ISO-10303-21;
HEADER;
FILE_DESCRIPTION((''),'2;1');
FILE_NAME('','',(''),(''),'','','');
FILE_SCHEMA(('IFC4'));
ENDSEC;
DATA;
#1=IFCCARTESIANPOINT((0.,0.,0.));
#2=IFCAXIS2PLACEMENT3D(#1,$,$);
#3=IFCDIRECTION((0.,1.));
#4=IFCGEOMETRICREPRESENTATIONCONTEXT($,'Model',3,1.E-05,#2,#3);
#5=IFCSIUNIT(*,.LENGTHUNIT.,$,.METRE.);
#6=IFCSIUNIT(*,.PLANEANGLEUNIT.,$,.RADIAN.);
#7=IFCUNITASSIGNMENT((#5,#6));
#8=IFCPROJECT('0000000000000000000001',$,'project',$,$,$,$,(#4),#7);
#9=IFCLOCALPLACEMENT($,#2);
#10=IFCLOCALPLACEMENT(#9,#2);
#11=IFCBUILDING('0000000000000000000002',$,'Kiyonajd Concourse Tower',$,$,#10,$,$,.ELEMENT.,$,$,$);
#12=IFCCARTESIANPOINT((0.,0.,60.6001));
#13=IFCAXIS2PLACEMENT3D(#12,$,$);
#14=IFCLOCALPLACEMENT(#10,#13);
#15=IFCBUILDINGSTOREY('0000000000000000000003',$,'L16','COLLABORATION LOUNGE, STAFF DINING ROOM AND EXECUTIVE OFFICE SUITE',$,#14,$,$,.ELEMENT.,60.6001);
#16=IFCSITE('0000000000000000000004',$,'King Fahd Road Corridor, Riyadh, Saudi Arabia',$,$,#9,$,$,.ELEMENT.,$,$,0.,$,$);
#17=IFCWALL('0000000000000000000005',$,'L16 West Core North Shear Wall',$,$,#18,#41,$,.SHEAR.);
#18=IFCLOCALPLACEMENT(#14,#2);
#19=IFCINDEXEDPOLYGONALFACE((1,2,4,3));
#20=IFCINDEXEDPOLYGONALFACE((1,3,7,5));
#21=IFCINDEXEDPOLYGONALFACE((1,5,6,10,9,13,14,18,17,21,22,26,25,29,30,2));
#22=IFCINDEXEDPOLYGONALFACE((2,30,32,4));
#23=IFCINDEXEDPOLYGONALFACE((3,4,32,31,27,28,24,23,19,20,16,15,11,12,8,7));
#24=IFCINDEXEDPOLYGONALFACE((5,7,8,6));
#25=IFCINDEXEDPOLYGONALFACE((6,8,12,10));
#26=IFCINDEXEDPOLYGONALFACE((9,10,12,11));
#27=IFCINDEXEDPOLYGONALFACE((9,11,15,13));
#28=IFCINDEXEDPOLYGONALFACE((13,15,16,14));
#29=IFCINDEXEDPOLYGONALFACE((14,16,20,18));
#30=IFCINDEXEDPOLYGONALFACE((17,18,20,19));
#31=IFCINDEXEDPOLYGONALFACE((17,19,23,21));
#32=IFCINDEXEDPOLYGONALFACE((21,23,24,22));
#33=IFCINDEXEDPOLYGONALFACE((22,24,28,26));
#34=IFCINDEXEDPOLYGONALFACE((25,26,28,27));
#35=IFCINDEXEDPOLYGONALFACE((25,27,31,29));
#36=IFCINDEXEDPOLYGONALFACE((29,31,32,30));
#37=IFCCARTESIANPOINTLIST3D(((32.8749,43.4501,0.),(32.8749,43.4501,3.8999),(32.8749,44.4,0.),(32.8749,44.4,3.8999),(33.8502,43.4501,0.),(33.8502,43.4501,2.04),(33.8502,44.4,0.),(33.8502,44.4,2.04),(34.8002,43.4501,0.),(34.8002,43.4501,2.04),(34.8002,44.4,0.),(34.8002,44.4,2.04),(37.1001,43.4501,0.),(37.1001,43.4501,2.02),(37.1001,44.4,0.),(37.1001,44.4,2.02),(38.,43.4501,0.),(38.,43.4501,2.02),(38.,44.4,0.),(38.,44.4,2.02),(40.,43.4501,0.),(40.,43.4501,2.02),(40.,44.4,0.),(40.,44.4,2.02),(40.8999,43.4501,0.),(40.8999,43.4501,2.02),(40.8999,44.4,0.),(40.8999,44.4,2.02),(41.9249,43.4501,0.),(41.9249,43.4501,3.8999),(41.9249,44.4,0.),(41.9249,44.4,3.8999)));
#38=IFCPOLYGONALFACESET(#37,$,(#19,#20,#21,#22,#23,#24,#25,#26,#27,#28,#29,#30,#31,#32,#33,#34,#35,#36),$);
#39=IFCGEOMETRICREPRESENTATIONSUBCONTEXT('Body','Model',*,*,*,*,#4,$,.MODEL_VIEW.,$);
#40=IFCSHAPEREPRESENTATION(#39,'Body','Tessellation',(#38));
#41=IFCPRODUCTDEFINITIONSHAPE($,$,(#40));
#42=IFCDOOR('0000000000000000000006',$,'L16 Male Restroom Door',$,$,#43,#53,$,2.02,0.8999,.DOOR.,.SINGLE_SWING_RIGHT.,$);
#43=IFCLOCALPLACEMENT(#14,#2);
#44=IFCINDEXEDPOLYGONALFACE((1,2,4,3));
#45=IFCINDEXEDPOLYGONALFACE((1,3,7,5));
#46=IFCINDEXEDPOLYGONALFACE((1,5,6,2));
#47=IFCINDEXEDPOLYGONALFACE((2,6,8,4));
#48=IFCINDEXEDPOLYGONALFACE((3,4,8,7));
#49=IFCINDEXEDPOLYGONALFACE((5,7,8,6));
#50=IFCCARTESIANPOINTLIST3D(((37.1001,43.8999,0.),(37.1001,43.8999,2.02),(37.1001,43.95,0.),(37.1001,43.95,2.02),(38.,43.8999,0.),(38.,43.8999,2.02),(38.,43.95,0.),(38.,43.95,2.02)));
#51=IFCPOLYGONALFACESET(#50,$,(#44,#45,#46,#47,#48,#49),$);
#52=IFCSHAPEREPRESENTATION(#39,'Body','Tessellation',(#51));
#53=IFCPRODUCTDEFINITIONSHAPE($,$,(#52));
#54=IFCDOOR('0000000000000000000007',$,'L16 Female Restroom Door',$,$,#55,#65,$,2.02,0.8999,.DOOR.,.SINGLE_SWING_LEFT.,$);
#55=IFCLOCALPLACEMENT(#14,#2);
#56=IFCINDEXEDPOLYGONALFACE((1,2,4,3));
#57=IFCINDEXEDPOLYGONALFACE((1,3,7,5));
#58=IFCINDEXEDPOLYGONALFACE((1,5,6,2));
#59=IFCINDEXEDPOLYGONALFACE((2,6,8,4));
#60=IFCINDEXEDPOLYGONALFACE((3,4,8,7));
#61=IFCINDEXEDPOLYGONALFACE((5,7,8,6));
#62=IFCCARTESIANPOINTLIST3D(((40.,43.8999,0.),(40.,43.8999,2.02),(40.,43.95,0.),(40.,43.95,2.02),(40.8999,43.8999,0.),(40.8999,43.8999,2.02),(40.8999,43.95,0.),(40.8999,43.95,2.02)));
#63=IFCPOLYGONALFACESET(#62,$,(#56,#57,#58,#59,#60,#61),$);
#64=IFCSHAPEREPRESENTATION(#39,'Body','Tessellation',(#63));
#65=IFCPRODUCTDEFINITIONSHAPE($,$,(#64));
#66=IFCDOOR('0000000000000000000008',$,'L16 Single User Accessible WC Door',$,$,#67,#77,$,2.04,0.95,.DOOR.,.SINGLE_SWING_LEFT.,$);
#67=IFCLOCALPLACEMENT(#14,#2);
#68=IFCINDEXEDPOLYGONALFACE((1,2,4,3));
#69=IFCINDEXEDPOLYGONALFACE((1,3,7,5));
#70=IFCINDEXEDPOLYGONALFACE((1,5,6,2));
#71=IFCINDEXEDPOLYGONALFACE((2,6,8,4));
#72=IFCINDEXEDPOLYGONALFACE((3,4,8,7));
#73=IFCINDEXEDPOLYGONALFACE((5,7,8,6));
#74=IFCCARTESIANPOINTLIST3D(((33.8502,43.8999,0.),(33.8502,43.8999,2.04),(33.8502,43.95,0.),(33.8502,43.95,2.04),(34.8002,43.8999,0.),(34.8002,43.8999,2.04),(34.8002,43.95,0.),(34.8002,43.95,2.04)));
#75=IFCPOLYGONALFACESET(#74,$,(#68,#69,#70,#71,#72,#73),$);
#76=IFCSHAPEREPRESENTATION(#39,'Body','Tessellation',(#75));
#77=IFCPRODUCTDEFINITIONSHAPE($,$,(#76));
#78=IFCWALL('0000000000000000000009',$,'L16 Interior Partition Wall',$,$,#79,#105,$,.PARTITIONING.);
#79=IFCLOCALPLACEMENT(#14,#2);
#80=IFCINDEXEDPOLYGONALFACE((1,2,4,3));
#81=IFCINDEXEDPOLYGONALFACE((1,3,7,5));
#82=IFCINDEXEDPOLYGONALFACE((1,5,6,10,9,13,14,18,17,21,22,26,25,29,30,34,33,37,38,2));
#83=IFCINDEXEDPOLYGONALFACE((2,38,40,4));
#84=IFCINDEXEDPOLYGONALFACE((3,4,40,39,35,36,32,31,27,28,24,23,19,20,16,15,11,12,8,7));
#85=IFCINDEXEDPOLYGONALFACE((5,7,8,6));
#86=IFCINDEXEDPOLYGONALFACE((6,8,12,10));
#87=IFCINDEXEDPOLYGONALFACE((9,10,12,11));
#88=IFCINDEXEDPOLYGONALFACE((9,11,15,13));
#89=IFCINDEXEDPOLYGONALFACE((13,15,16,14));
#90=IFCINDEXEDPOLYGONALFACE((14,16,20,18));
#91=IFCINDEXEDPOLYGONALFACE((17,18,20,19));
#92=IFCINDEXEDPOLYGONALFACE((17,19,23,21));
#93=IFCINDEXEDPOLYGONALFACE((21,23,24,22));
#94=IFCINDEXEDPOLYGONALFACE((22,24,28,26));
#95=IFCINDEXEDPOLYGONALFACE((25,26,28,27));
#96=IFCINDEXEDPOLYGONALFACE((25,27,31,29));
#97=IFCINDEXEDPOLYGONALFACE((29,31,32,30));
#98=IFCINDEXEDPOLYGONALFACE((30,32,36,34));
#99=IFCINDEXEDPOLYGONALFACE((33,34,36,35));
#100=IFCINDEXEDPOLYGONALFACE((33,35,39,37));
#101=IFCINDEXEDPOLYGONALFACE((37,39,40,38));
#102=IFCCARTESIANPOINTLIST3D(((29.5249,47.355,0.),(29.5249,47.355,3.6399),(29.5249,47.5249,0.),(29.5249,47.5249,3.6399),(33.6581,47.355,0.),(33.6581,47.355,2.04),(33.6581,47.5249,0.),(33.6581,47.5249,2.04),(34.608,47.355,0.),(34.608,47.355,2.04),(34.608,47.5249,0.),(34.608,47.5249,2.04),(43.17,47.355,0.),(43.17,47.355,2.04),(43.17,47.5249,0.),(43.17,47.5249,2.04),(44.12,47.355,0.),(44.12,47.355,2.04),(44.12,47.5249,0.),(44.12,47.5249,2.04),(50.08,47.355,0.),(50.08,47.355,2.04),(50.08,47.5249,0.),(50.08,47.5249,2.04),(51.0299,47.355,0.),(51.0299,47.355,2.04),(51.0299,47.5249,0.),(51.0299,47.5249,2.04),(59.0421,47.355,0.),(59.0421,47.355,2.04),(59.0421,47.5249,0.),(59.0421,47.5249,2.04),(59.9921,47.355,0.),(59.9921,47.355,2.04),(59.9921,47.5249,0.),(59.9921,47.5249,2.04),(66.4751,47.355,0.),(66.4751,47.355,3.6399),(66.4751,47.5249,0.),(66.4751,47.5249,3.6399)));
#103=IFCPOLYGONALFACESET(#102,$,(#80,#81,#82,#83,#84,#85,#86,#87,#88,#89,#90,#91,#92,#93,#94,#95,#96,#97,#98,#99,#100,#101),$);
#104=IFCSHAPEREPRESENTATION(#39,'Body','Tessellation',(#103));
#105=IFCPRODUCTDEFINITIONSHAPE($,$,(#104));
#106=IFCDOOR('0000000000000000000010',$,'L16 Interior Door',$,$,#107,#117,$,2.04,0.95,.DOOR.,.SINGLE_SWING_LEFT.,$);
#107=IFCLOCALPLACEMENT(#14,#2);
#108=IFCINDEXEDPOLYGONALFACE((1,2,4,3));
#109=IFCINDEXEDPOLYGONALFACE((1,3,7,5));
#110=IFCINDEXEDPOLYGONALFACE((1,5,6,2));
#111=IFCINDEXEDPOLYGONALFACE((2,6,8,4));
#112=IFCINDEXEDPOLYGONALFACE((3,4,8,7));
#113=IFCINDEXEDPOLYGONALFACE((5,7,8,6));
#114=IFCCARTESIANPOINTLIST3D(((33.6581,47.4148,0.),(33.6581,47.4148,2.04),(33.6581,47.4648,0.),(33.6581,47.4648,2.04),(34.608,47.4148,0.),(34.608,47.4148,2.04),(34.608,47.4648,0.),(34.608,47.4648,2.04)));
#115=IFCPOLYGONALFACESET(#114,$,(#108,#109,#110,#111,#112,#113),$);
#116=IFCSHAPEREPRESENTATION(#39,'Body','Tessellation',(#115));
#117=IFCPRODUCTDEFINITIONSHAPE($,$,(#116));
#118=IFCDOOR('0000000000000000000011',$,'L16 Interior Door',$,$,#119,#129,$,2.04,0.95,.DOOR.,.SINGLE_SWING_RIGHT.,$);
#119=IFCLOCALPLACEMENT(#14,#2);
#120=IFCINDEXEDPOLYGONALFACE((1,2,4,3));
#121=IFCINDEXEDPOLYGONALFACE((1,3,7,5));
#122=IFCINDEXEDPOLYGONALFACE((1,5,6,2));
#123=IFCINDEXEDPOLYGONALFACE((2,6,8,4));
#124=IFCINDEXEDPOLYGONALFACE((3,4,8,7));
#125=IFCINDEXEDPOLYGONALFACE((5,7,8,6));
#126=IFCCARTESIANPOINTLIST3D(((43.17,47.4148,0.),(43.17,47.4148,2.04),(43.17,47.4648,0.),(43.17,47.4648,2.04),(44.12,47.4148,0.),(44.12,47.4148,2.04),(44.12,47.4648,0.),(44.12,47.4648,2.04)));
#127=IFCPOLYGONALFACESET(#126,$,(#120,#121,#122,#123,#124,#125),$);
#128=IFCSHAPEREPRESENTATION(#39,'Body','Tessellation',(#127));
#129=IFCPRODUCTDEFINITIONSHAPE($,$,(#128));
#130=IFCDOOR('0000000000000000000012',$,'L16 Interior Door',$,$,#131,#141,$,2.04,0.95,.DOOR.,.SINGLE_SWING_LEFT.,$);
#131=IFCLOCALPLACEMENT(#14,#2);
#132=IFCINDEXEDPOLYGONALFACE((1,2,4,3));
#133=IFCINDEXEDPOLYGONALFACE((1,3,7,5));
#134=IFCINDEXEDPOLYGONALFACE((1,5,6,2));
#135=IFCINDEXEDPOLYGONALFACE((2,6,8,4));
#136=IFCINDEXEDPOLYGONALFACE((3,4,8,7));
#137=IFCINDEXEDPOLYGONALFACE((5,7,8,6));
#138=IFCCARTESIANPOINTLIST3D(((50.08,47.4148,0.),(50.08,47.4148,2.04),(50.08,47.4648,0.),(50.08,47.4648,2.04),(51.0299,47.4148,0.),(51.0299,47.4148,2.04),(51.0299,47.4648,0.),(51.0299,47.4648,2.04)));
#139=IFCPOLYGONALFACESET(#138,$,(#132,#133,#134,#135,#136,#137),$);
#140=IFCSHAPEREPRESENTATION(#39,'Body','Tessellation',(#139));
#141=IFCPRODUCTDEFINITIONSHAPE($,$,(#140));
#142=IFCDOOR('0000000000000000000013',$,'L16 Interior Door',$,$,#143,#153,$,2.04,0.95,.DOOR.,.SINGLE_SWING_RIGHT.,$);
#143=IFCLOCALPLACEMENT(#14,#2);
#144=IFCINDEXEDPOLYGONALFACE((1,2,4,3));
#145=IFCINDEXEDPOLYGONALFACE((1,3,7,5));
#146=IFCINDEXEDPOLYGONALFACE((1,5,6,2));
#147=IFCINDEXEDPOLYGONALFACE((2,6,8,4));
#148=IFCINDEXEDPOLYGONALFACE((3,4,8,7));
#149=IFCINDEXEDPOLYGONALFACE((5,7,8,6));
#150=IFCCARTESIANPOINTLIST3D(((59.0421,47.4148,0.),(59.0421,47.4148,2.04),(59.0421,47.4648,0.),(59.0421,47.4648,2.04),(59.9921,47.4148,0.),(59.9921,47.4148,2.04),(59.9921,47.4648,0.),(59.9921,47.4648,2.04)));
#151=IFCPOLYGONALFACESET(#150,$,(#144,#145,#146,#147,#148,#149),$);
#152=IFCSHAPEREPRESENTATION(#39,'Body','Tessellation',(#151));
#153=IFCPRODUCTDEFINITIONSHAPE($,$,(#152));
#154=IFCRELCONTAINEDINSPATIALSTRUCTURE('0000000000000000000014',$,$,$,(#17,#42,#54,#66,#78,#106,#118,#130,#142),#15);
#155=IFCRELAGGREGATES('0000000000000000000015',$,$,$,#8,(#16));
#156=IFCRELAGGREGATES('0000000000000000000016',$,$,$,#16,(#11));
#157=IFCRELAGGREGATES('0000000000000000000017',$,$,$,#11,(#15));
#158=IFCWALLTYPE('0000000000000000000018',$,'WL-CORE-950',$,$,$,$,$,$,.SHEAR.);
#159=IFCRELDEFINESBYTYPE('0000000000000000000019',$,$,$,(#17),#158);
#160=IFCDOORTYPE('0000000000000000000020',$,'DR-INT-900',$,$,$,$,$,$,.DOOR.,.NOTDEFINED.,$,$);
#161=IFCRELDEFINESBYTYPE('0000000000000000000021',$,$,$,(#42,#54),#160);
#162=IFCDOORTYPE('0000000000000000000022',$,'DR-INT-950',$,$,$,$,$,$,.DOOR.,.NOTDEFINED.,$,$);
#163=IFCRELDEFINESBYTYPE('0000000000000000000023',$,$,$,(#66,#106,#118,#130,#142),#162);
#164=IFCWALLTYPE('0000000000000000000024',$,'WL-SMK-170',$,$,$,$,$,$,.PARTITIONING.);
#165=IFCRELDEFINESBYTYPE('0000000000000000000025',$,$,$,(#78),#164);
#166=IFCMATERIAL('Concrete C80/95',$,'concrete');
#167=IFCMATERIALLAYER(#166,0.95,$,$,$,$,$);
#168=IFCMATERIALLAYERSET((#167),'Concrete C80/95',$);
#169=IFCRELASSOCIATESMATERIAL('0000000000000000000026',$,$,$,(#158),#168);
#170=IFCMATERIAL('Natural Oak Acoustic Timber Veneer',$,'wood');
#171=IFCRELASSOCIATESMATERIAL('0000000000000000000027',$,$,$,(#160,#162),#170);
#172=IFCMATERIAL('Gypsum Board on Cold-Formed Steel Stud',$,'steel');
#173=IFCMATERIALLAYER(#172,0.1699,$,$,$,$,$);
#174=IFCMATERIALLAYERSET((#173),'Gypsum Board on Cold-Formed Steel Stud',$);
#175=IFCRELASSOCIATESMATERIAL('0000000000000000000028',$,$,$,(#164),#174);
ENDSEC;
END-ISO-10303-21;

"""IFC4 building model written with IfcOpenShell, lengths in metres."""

from ifc_helpers import new_model, si_unit, direction, frame, frame_2d, origin, place, context, subcontext, project, spatial, rectangle, extrude, material, layer, layer_set, type_object, element, fill, save


model = new_model("IFC4")

# Units and contexts
model_context = context("Model", 3, precision=1e-05, world=origin(), true_north=direction((0.0, 1.0)))
body_context = subcontext(model_context, "Body", "Model", "MODEL_VIEW")
ifc_project = project(units=[si_unit("LENGTHUNIT", "METRE"), si_unit("PLANEANGLEUNIT", "RADIAN")], contexts=[model_context])

# Site, building, storey
site_placement = place(None, origin())
site = spatial("IfcSite", under=ifc_project, at=site_placement, Name="King Fahd Road Corridor, Riyadh, Saudi Arabia", CompositionType="ELEMENT", RefElevation=0.0)
building_placement = place(site_placement, origin())
building = spatial("IfcBuilding", under=site, at=building_placement, Name="Kiyonajd Concourse Tower", CompositionType="ELEMENT")
storey_placement = place(building_placement, frame((0.0, 0.0, 60.6001)))
storey = spatial("IfcBuildingStorey", under=building, at=storey_placement, Name="L16", Description="COLLABORATION LOUNGE, STAFF DINING ROOM AND EXECUTIVE OFFICE SUITE", CompositionType="ELEMENT", Elevation=60.6001)

# Shared definitions
ifc_material_1 = material(Name="Concrete C80/95", Category="concrete")

# Walls, openings, doors
ifc_layer_1 = layer(ifc_material_1, 0.95)
ifc_layer_set_1 = layer_set([ifc_layer_1], Name="Concrete C80/95")
wall_type_1 = type_object("IfcWallType", Name="WL-CORE-950", PredefinedType="SHEAR", material=ifc_layer_set_1)
wall_1_placement = place(storey_placement, frame((32.875, 43.925, 0.0), z_axis=(0.0, 0.0, 1.0), x_axis=(1.0, 0.0, 0.0)))
wall_1 = element("IfcWall", 1, at=wall_1_placement, inside=storey, type_object=wall_type_1, Name="L16 West Core North Shear Wall", PredefinedType="SHEAR", context=body_context, shape_type="SweptSolid", body=[
    extrude(rectangle(XDim=9.05, YDim=0.95, at=frame_2d((4.5249, 0.0))), origin(), (0.0, 0.0, 1.0), 3.8999),
])
opening_1_placement = place(wall_1_placement, frame((0.9751, 0.0, 0.0)))
opening_1 = element("IfcOpeningElement", 2, at=opening_1_placement, cuts=wall_1, PredefinedType="OPENING", context=body_context, shape_type="SweptSolid", body=[
    extrude(rectangle(XDim=0.95, YDim=2.04, at=frame_2d((0.4751, 1.02))), frame((0.0, 0.4849, 0.0), z_axis=(0.0, -1.0, 0.0), x_axis=(1.0, 0.0, 0.0)), (0.0, 0.0, 1.0), 0.97),
])
opening_2_placement = place(wall_1_placement, frame((4.2251, 0.0, 0.0)))
opening_2 = element("IfcOpeningElement", 3, at=opening_2_placement, cuts=wall_1, PredefinedType="OPENING", context=body_context, shape_type="SweptSolid", body=[
    extrude(rectangle(XDim=0.8999, YDim=2.02, at=frame_2d((0.45, 1.01))), frame((0.0, 0.4849, 0.0), z_axis=(0.0, -1.0, 0.0), x_axis=(1.0, 0.0, 0.0)), (0.0, 0.0, 1.0), 0.97),
])
opening_3_placement = place(wall_1_placement, frame((7.125, 0.0, 0.0)))
opening_3 = element("IfcOpeningElement", 4, at=opening_3_placement, cuts=wall_1, PredefinedType="OPENING", context=body_context, shape_type="SweptSolid", body=[
    extrude(rectangle(XDim=0.8999, YDim=2.02, at=frame_2d((0.45, 1.01))), frame((0.0, 0.4849, 0.0), z_axis=(0.0, -1.0, 0.0), x_axis=(1.0, 0.0, 0.0)), (0.0, 0.0, 1.0), 0.97),
])
ifc_material_2 = material(Name="Natural Oak Acoustic Timber Veneer", Category="wood")
door_type_1 = type_object("IfcDoorType", Name="DR-INT-900", OperationType="NOTDEFINED", PredefinedType="DOOR", material=ifc_material_2)
door_1_placement = place(opening_2_placement, origin())
door_1 = element("IfcDoor", 5, at=door_1_placement, inside=storey, type_object=door_type_1, Name="L16 Male Restroom Door", OperationType="SINGLE_SWING_RIGHT", OverallHeight=2.02, OverallWidth=0.8999, PredefinedType="DOOR", context=body_context, shape_type="SweptSolid", body=[
    extrude(rectangle(XDim=0.8999, YDim=2.02, at=frame_2d((0.45, 1.01))), frame((0.0, 0.0249, 0.0), z_axis=(0.0, -1.0, 0.0), x_axis=(1.0, 0.0, 0.0)), (0.0, 0.0, 1.0), 0.05),
])
fill(opening_2, door_1)
door_2_placement = place(opening_3_placement, origin())
door_2 = element("IfcDoor", 6, at=door_2_placement, inside=storey, type_object=door_type_1, Name="L16 Female Restroom Door", OperationType="SINGLE_SWING_LEFT", OverallHeight=2.02, OverallWidth=0.8999, PredefinedType="DOOR", context=body_context, shape_type="SweptSolid", body=[
    extrude(rectangle(XDim=0.8999, YDim=2.02, at=frame_2d((0.45, 1.01))), frame((0.0, 0.0249, 0.0), z_axis=(0.0, -1.0, 0.0), x_axis=(1.0, 0.0, 0.0)), (0.0, 0.0, 1.0), 0.05),
])
fill(opening_3, door_2)
door_type_2 = type_object("IfcDoorType", Name="DR-INT-950", OperationType="NOTDEFINED", PredefinedType="DOOR", material=ifc_material_2)
door_3_placement = place(opening_1_placement, origin())
door_3 = element("IfcDoor", 7, at=door_3_placement, inside=storey, type_object=door_type_2, Name="L16 Single User Accessible WC Door", OperationType="SINGLE_SWING_LEFT", OverallHeight=2.04, OverallWidth=0.95, PredefinedType="DOOR", context=body_context, shape_type="SweptSolid", body=[
    extrude(rectangle(XDim=0.95, YDim=2.04, at=frame_2d((0.4751, 1.02))), frame((0.0, 0.0249, 0.0), z_axis=(0.0, -1.0, 0.0), x_axis=(1.0, 0.0, 0.0)), (0.0, 0.0, 1.0), 0.05),
])
fill(opening_1, door_3)
ifc_material_3 = material(Name="Gypsum Board on Cold-Formed Steel Stud", Category="steel")
ifc_layer_2 = layer(ifc_material_3, 0.1699)
ifc_layer_set_2 = layer_set([ifc_layer_2], Name="Gypsum Board on Cold-Formed Steel Stud")
wall_type_2 = type_object("IfcWallType", Name="WL-SMK-170", PredefinedType="PARTITIONING", material=ifc_layer_set_2)
wall_2_placement = place(storey_placement, frame((29.5249, 47.4399, 0.0), z_axis=(0.0, 0.0, 1.0), x_axis=(1.0, 0.0, 0.0)))
wall_2 = element("IfcWall", 8, at=wall_2_placement, inside=storey, type_object=wall_type_2, Name="L16 Interior Partition Wall", PredefinedType="PARTITIONING", context=body_context, shape_type="SweptSolid", body=[
    extrude(rectangle(XDim=36.9502, YDim=0.1699, at=frame_2d((18.4751, 0.0))), origin(), (0.0, 0.0, 1.0), 3.6399),
])
opening_4_placement = place(wall_2_placement, frame((4.1331, 0.0, 0.0)))
opening_4 = element("IfcOpeningElement", 9, at=opening_4_placement, cuts=wall_2, PredefinedType="OPENING", context=body_context, shape_type="SweptSolid", body=[
    extrude(rectangle(XDim=0.95, YDim=2.04, at=frame_2d((0.4751, 1.02))), frame((0.0, 0.095, 0.0), z_axis=(0.0, -1.0, 0.0), x_axis=(1.0, 0.0, 0.0)), (0.0, 0.0, 1.0), 0.1899),
])
opening_5_placement = place(wall_2_placement, frame((13.645, 0.0, 0.0)))
opening_5 = element("IfcOpeningElement", 10, at=opening_5_placement, cuts=wall_2, PredefinedType="OPENING", context=body_context, shape_type="SweptSolid", body=[
    extrude(rectangle(XDim=0.95, YDim=2.04, at=frame_2d((0.4751, 1.02))), frame((0.0, 0.095, 0.0), z_axis=(0.0, -1.0, 0.0), x_axis=(1.0, 0.0, 0.0)), (0.0, 0.0, 1.0), 0.1899),
])
opening_6_placement = place(wall_2_placement, frame((20.5549, 0.0, 0.0)))
opening_6 = element("IfcOpeningElement", 11, at=opening_6_placement, cuts=wall_2, PredefinedType="OPENING", context=body_context, shape_type="SweptSolid", body=[
    extrude(rectangle(XDim=0.95, YDim=2.04, at=frame_2d((0.4751, 1.02))), frame((0.0, 0.095, 0.0), z_axis=(0.0, -1.0, 0.0), x_axis=(1.0, 0.0, 0.0)), (0.0, 0.0, 1.0), 0.1899),
])
opening_7_placement = place(wall_2_placement, frame((29.5171, 0.0, 0.0)))
opening_7 = element("IfcOpeningElement", 12, at=opening_7_placement, cuts=wall_2, PredefinedType="OPENING", context=body_context, shape_type="SweptSolid", body=[
    extrude(rectangle(XDim=0.95, YDim=2.04, at=frame_2d((0.4751, 1.02))), frame((0.0, 0.095, 0.0), z_axis=(0.0, -1.0, 0.0), x_axis=(1.0, 0.0, 0.0)), (0.0, 0.0, 1.0), 0.1899),
])
door_4_placement = place(opening_4_placement, origin())
door_4 = element("IfcDoor", 13, at=door_4_placement, inside=storey, type_object=door_type_2, Name="L16 Interior Door", OperationType="SINGLE_SWING_LEFT", OverallHeight=2.04, OverallWidth=0.95, PredefinedType="DOOR", context=body_context, shape_type="SweptSolid", body=[
    extrude(rectangle(XDim=0.95, YDim=2.04, at=frame_2d((0.4751, 1.02))), frame((0.0, 0.0249, 0.0), z_axis=(0.0, -1.0, 0.0), x_axis=(1.0, 0.0, 0.0)), (0.0, 0.0, 1.0), 0.05),
])
fill(opening_4, door_4)
door_5_placement = place(opening_5_placement, origin())
door_5 = element("IfcDoor", 14, at=door_5_placement, inside=storey, type_object=door_type_2, Name="L16 Interior Door", OperationType="SINGLE_SWING_RIGHT", OverallHeight=2.04, OverallWidth=0.95, PredefinedType="DOOR", context=body_context, shape_type="SweptSolid", body=[
    extrude(rectangle(XDim=0.95, YDim=2.04, at=frame_2d((0.4751, 1.02))), frame((0.0, 0.0249, 0.0), z_axis=(0.0, -1.0, 0.0), x_axis=(1.0, 0.0, 0.0)), (0.0, 0.0, 1.0), 0.05),
])
fill(opening_5, door_5)
door_6_placement = place(opening_6_placement, origin())
door_6 = element("IfcDoor", 15, at=door_6_placement, inside=storey, type_object=door_type_2, Name="L16 Interior Door", OperationType="SINGLE_SWING_LEFT", OverallHeight=2.04, OverallWidth=0.95, PredefinedType="DOOR", context=body_context, shape_type="SweptSolid", body=[
    extrude(rectangle(XDim=0.95, YDim=2.04, at=frame_2d((0.4751, 1.02))), frame((0.0, 0.0249, 0.0), z_axis=(0.0, -1.0, 0.0), x_axis=(1.0, 0.0, 0.0)), (0.0, 0.0, 1.0), 0.05),
])
fill(opening_6, door_6)
door_7_placement = place(opening_7_placement, origin())
door_7 = element("IfcDoor", 16, at=door_7_placement, inside=storey, type_object=door_type_2, Name="L16 Interior Door", OperationType="SINGLE_SWING_RIGHT", OverallHeight=2.04, OverallWidth=0.95, PredefinedType="DOOR", context=body_context, shape_type="SweptSolid", body=[
    extrude(rectangle(XDim=0.95, YDim=2.04, at=frame_2d((0.4751, 1.02))), frame((0.0, 0.0249, 0.0), z_axis=(0.0, -1.0, 0.0), x_axis=(1.0, 0.0, 0.0)), (0.0, 0.0, 1.0), 0.05),
])
fill(opening_7, door_7)

save(model, "model.ifc")
